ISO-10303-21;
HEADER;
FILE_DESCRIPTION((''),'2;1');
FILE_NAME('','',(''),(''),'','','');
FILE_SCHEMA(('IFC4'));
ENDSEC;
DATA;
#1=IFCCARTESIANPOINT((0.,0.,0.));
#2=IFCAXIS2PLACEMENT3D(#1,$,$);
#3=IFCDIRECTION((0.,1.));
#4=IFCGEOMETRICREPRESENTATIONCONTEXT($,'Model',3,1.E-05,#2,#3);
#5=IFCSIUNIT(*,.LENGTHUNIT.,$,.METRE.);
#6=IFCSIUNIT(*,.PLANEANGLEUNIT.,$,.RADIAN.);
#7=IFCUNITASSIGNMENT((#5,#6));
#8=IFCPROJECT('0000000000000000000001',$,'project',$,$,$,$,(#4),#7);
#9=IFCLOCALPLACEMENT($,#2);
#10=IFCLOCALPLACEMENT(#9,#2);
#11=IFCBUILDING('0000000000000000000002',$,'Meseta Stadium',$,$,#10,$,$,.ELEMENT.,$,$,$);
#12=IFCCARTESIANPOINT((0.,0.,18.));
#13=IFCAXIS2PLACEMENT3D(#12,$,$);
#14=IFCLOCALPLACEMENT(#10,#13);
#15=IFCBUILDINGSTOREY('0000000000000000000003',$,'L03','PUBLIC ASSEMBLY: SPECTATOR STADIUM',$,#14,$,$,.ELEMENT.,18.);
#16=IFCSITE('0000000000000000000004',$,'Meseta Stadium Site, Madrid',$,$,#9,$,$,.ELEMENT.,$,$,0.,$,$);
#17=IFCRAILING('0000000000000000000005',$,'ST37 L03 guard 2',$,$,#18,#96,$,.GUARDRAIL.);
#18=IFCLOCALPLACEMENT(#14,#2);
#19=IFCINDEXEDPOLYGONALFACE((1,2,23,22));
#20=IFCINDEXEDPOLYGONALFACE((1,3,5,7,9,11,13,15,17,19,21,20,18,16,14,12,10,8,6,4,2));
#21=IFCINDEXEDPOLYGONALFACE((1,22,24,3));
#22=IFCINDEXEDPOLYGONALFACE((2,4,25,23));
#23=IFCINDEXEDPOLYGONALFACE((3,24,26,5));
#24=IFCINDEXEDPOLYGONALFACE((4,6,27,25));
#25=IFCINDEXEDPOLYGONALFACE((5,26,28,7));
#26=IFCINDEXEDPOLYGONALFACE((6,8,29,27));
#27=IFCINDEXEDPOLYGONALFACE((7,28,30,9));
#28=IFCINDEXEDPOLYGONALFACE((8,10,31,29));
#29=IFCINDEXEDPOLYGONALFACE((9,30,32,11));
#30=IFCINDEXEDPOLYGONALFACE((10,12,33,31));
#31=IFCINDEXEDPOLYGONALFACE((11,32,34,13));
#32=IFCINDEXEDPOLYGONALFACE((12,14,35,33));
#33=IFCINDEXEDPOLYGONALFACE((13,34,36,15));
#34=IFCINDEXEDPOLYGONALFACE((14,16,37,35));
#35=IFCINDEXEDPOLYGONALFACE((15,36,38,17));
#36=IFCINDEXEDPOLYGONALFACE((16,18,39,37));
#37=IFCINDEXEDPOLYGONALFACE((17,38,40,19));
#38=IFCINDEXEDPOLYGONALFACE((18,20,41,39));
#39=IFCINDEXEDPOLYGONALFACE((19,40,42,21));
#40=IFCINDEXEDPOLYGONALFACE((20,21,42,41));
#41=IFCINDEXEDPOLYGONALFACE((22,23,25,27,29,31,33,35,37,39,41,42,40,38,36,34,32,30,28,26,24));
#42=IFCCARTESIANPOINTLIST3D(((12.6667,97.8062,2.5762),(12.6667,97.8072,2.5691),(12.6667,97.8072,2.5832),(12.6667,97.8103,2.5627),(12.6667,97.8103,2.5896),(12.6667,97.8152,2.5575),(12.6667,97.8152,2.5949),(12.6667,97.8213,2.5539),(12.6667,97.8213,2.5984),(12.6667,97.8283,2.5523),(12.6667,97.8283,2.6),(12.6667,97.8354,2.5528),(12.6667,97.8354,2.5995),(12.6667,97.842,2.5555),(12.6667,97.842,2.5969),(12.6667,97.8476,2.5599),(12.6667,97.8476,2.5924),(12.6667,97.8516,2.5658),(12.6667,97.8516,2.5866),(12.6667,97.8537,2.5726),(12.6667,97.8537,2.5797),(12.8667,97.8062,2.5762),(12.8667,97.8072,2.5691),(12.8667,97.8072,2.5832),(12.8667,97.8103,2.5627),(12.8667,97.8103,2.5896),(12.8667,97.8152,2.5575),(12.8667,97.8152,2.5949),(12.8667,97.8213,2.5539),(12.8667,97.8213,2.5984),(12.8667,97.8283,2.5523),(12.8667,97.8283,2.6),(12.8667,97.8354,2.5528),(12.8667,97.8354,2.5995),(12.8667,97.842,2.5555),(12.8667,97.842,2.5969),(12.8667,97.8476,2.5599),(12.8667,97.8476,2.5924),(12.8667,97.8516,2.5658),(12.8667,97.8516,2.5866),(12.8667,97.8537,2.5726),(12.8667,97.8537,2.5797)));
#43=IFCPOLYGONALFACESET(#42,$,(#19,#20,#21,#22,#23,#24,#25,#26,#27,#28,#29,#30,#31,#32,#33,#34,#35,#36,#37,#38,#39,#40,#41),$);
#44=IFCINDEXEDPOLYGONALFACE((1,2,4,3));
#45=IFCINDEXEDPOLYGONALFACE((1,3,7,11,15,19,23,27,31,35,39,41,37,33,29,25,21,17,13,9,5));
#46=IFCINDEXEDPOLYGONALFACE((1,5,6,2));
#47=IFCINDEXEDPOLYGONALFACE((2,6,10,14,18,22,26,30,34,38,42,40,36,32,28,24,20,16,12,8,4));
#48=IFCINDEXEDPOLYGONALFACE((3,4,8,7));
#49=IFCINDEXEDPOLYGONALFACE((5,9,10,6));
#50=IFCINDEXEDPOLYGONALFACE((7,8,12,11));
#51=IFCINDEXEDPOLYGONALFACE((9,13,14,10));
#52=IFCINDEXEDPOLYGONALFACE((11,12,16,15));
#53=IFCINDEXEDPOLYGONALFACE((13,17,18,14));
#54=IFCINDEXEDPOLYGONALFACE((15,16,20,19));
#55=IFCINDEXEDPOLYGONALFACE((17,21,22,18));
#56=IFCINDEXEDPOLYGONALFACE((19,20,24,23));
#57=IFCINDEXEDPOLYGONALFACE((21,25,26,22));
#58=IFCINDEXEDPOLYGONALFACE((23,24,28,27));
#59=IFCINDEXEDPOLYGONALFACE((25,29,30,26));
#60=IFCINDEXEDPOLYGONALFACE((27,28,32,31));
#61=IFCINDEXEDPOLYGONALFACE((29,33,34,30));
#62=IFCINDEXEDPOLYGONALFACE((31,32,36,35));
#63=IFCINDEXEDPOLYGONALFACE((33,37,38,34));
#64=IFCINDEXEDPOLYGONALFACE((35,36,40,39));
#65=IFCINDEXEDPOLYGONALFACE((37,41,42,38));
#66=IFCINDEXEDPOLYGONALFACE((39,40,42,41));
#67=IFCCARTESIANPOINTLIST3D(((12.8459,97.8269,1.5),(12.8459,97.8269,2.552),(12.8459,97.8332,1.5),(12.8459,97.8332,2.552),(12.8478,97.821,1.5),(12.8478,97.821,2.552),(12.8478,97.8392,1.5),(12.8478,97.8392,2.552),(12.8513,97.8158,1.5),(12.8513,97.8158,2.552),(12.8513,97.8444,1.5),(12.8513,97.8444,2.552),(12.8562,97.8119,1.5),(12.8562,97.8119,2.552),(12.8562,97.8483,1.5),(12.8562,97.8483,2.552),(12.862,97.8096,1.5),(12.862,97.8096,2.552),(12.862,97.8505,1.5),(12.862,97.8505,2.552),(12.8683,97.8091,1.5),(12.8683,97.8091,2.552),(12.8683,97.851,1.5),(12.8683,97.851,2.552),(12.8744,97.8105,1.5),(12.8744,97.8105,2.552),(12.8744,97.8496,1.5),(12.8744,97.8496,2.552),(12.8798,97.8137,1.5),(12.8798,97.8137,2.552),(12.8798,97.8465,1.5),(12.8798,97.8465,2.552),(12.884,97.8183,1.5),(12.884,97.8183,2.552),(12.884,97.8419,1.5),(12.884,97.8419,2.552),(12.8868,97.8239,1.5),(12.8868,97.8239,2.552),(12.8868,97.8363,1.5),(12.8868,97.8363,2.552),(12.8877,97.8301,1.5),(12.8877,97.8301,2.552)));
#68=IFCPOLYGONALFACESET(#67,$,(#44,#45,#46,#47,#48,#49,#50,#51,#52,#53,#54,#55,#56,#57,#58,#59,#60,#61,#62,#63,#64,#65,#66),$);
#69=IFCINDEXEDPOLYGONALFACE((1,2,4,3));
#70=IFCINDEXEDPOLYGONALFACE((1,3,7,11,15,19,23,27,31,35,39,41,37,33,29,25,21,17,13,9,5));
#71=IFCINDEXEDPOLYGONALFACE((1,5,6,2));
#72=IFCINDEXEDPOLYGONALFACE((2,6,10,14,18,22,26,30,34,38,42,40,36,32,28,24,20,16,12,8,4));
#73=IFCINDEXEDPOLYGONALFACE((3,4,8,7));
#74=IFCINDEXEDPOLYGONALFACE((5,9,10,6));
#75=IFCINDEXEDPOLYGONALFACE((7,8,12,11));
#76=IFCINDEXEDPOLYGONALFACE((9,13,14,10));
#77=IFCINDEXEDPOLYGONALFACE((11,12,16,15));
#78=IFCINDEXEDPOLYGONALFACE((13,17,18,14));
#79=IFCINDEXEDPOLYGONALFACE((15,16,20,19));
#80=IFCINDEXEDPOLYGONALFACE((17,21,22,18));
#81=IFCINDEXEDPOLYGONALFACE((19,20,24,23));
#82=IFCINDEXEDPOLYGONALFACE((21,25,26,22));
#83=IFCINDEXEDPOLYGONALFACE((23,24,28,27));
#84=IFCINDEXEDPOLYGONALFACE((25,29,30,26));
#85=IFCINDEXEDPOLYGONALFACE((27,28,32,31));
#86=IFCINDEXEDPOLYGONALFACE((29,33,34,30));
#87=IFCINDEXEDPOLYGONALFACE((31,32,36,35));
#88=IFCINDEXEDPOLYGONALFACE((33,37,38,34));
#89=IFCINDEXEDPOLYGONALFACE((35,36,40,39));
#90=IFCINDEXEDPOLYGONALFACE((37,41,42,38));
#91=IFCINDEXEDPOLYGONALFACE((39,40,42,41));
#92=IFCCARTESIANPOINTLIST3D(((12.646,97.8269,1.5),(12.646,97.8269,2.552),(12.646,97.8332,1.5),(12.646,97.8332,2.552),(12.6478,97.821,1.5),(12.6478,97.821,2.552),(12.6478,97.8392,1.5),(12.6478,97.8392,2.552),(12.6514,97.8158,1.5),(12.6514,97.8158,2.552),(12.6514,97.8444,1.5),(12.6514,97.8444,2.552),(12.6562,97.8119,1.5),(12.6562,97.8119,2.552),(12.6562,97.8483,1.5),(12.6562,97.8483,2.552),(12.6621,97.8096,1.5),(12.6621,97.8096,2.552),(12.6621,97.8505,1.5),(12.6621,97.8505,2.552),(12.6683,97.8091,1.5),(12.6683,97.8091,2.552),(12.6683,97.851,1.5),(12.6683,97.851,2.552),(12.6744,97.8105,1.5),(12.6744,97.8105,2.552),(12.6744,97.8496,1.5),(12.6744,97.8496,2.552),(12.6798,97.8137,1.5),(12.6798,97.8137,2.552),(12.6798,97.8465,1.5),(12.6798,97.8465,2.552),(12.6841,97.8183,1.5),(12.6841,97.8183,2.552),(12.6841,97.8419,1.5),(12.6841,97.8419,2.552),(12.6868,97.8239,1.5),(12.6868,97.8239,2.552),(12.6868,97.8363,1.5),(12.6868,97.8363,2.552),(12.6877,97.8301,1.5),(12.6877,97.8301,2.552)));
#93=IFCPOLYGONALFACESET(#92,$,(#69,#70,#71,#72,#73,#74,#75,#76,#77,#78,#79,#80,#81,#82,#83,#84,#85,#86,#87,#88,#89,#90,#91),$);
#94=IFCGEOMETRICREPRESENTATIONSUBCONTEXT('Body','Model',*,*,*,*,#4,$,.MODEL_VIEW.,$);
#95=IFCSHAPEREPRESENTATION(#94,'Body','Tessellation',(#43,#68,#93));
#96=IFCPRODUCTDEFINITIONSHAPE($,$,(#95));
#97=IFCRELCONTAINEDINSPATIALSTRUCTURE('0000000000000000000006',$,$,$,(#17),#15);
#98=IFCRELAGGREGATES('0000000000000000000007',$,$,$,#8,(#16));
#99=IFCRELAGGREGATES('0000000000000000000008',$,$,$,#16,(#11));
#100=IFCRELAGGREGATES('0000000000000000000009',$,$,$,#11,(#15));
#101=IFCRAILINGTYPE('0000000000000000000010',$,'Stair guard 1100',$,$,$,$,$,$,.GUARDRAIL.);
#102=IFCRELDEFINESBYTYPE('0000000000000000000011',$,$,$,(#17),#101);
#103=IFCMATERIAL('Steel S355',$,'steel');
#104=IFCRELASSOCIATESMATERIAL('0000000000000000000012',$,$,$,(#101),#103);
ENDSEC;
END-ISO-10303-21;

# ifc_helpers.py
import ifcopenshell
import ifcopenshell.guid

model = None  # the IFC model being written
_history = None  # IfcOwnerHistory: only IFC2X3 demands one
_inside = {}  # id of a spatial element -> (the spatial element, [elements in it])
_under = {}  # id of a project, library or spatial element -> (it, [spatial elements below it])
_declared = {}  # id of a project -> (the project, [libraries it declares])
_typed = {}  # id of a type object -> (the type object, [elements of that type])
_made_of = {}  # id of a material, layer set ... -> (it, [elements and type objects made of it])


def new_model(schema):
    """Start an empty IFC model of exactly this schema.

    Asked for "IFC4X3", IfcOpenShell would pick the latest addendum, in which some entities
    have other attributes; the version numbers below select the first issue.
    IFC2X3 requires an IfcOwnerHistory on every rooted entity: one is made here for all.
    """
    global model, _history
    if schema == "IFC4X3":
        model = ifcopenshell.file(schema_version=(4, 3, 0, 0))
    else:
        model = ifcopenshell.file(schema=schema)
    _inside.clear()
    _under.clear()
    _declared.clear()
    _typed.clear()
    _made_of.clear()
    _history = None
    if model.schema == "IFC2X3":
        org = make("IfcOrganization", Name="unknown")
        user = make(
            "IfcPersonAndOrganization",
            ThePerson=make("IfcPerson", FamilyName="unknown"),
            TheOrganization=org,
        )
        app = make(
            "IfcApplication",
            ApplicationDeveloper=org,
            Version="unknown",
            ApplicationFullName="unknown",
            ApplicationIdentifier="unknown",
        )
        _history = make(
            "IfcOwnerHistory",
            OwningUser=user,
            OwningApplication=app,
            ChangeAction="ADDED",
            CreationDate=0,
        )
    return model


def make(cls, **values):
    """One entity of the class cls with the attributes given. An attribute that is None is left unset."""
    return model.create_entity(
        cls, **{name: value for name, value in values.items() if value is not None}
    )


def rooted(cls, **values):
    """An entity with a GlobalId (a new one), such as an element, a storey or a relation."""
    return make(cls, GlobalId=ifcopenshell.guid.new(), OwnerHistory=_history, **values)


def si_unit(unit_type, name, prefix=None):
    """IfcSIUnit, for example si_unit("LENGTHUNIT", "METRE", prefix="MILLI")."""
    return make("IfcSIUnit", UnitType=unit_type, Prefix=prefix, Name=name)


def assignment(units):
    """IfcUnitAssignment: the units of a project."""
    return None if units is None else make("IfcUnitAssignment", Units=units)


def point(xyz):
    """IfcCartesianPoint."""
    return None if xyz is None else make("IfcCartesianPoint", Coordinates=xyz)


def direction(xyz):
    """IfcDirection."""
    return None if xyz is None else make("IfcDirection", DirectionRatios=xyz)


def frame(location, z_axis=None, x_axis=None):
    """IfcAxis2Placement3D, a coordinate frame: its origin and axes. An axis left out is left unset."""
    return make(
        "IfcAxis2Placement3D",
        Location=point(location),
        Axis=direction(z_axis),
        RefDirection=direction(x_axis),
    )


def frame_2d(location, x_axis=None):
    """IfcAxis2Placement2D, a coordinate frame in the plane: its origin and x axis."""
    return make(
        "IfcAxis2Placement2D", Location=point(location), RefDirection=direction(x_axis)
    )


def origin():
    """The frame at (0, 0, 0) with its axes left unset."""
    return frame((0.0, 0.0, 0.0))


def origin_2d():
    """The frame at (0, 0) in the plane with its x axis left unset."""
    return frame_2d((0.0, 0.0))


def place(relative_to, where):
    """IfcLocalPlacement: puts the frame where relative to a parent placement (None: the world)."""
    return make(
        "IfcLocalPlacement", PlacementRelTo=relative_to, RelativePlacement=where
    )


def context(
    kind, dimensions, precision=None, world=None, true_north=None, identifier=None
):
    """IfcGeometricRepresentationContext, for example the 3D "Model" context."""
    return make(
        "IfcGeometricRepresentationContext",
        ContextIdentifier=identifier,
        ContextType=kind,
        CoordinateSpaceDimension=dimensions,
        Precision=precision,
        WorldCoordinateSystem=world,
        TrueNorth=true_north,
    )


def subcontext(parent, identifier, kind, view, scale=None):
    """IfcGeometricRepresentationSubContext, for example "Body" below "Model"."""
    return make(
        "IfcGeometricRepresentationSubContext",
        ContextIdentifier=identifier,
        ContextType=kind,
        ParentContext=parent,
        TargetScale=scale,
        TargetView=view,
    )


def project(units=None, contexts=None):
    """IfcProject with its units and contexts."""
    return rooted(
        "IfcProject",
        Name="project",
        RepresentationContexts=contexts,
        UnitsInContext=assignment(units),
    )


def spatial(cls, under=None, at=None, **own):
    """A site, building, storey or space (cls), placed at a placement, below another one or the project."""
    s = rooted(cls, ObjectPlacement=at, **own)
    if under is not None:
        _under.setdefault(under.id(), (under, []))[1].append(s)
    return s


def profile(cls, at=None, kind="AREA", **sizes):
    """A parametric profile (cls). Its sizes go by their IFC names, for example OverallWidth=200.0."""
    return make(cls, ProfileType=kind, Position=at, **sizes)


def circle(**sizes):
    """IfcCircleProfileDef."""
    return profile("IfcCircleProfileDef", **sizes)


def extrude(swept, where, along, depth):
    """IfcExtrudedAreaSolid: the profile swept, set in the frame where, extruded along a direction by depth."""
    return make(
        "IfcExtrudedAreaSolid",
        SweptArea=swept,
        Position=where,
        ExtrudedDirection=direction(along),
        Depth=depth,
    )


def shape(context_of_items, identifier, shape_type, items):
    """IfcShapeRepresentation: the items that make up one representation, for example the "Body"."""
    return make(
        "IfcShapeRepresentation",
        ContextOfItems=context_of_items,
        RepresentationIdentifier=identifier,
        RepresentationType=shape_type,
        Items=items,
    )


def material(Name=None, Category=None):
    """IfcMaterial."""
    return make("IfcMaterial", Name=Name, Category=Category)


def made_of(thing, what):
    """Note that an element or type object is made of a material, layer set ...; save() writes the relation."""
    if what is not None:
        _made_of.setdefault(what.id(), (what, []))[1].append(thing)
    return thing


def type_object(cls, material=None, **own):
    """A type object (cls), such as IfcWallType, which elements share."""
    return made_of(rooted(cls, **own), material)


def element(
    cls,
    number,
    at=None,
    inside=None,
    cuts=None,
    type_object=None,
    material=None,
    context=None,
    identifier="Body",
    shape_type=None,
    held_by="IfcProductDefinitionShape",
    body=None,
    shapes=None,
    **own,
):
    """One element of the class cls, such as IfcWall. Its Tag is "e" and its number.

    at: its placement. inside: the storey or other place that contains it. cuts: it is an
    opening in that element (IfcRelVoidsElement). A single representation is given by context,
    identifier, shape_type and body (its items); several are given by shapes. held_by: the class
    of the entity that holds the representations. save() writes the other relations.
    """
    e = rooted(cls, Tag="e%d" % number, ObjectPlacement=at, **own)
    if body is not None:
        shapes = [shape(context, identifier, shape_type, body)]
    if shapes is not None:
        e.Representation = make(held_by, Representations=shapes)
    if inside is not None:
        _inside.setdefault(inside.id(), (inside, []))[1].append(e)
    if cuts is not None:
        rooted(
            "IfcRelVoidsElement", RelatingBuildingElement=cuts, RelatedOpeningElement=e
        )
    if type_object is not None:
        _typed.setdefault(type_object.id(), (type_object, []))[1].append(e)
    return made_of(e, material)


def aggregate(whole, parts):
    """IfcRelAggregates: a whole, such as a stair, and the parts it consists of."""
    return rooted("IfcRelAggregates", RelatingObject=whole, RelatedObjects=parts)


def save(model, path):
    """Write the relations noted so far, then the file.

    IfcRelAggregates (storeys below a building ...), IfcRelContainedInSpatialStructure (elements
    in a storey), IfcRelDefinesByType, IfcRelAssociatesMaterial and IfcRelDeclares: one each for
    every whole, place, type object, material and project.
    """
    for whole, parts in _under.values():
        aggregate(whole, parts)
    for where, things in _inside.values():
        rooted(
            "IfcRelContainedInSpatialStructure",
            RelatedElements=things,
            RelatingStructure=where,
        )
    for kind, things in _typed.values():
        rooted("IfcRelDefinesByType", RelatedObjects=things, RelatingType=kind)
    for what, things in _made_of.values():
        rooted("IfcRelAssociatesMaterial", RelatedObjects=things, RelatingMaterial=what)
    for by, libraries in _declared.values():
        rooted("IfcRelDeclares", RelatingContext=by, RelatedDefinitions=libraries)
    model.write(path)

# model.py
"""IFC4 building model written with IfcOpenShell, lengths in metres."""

from ifc_helpers import new_model, si_unit, direction, frame, origin, origin_2d, place, context, subcontext, project, spatial, circle, extrude, material, type_object, element, save


model = new_model("IFC4")

# Units and contexts
model_context = context("Model", 3, precision=1e-05, world=origin(), true_north=direction((0.0, 1.0)))
body_context = subcontext(model_context, "Body", "Model", "MODEL_VIEW")
ifc_project = project(units=[si_unit("LENGTHUNIT", "METRE"), si_unit("PLANEANGLEUNIT", "RADIAN")], contexts=[model_context])

# Site, building, storey
site_placement = place(None, origin())
site = spatial("IfcSite", under=ifc_project, at=site_placement, Name="Meseta Stadium Site, Madrid", CompositionType="ELEMENT", RefElevation=0.0)
building_placement = place(site_placement, origin())
building = spatial("IfcBuilding", under=site, at=building_placement, Name="Meseta Stadium", CompositionType="ELEMENT")
storey_placement = place(building_placement, frame((0.0, 0.0, 18.0)))
storey = spatial("IfcBuildingStorey", under=building, at=storey_placement, Name="L03", Description="PUBLIC ASSEMBLY: SPECTATOR STADIUM", CompositionType="ELEMENT", Elevation=18.0)

# Railing
ifc_material_1 = material(Name="Steel S355", Category="steel")
railing_type_1 = type_object("IfcRailingType", Name="Stair guard 1100", PredefinedType="GUARDRAIL", material=ifc_material_1)
railing_1_placement = place(storey_placement, frame((12.8667, 97.8301, 1.5)))
element("IfcRailing", 1, at=railing_1_placement, inside=storey, type_object=railing_type_1, Name="ST37 L03 guard 2", PredefinedType="GUARDRAIL", context=body_context, shape_type="SweptSolid", body=[
    extrude(circle(Radius=0.0239, at=origin_2d()), frame((0.0, 0.0, 1.0762), z_axis=(-1.0, 0.0, 0.0), x_axis=(0.0, -1.0, 0.0)), (0.0, 0.0, 1.0), 0.2),
    extrude(circle(Radius=0.021, at=origin_2d()), origin(), (0.0, 0.0, 1.0), 1.052),
    extrude(circle(Radius=0.021, at=origin_2d()), frame((-0.2, 0.0, 0.0)), (0.0, 0.0, 1.0), 1.052),
])

save(model, "model.ifc")
